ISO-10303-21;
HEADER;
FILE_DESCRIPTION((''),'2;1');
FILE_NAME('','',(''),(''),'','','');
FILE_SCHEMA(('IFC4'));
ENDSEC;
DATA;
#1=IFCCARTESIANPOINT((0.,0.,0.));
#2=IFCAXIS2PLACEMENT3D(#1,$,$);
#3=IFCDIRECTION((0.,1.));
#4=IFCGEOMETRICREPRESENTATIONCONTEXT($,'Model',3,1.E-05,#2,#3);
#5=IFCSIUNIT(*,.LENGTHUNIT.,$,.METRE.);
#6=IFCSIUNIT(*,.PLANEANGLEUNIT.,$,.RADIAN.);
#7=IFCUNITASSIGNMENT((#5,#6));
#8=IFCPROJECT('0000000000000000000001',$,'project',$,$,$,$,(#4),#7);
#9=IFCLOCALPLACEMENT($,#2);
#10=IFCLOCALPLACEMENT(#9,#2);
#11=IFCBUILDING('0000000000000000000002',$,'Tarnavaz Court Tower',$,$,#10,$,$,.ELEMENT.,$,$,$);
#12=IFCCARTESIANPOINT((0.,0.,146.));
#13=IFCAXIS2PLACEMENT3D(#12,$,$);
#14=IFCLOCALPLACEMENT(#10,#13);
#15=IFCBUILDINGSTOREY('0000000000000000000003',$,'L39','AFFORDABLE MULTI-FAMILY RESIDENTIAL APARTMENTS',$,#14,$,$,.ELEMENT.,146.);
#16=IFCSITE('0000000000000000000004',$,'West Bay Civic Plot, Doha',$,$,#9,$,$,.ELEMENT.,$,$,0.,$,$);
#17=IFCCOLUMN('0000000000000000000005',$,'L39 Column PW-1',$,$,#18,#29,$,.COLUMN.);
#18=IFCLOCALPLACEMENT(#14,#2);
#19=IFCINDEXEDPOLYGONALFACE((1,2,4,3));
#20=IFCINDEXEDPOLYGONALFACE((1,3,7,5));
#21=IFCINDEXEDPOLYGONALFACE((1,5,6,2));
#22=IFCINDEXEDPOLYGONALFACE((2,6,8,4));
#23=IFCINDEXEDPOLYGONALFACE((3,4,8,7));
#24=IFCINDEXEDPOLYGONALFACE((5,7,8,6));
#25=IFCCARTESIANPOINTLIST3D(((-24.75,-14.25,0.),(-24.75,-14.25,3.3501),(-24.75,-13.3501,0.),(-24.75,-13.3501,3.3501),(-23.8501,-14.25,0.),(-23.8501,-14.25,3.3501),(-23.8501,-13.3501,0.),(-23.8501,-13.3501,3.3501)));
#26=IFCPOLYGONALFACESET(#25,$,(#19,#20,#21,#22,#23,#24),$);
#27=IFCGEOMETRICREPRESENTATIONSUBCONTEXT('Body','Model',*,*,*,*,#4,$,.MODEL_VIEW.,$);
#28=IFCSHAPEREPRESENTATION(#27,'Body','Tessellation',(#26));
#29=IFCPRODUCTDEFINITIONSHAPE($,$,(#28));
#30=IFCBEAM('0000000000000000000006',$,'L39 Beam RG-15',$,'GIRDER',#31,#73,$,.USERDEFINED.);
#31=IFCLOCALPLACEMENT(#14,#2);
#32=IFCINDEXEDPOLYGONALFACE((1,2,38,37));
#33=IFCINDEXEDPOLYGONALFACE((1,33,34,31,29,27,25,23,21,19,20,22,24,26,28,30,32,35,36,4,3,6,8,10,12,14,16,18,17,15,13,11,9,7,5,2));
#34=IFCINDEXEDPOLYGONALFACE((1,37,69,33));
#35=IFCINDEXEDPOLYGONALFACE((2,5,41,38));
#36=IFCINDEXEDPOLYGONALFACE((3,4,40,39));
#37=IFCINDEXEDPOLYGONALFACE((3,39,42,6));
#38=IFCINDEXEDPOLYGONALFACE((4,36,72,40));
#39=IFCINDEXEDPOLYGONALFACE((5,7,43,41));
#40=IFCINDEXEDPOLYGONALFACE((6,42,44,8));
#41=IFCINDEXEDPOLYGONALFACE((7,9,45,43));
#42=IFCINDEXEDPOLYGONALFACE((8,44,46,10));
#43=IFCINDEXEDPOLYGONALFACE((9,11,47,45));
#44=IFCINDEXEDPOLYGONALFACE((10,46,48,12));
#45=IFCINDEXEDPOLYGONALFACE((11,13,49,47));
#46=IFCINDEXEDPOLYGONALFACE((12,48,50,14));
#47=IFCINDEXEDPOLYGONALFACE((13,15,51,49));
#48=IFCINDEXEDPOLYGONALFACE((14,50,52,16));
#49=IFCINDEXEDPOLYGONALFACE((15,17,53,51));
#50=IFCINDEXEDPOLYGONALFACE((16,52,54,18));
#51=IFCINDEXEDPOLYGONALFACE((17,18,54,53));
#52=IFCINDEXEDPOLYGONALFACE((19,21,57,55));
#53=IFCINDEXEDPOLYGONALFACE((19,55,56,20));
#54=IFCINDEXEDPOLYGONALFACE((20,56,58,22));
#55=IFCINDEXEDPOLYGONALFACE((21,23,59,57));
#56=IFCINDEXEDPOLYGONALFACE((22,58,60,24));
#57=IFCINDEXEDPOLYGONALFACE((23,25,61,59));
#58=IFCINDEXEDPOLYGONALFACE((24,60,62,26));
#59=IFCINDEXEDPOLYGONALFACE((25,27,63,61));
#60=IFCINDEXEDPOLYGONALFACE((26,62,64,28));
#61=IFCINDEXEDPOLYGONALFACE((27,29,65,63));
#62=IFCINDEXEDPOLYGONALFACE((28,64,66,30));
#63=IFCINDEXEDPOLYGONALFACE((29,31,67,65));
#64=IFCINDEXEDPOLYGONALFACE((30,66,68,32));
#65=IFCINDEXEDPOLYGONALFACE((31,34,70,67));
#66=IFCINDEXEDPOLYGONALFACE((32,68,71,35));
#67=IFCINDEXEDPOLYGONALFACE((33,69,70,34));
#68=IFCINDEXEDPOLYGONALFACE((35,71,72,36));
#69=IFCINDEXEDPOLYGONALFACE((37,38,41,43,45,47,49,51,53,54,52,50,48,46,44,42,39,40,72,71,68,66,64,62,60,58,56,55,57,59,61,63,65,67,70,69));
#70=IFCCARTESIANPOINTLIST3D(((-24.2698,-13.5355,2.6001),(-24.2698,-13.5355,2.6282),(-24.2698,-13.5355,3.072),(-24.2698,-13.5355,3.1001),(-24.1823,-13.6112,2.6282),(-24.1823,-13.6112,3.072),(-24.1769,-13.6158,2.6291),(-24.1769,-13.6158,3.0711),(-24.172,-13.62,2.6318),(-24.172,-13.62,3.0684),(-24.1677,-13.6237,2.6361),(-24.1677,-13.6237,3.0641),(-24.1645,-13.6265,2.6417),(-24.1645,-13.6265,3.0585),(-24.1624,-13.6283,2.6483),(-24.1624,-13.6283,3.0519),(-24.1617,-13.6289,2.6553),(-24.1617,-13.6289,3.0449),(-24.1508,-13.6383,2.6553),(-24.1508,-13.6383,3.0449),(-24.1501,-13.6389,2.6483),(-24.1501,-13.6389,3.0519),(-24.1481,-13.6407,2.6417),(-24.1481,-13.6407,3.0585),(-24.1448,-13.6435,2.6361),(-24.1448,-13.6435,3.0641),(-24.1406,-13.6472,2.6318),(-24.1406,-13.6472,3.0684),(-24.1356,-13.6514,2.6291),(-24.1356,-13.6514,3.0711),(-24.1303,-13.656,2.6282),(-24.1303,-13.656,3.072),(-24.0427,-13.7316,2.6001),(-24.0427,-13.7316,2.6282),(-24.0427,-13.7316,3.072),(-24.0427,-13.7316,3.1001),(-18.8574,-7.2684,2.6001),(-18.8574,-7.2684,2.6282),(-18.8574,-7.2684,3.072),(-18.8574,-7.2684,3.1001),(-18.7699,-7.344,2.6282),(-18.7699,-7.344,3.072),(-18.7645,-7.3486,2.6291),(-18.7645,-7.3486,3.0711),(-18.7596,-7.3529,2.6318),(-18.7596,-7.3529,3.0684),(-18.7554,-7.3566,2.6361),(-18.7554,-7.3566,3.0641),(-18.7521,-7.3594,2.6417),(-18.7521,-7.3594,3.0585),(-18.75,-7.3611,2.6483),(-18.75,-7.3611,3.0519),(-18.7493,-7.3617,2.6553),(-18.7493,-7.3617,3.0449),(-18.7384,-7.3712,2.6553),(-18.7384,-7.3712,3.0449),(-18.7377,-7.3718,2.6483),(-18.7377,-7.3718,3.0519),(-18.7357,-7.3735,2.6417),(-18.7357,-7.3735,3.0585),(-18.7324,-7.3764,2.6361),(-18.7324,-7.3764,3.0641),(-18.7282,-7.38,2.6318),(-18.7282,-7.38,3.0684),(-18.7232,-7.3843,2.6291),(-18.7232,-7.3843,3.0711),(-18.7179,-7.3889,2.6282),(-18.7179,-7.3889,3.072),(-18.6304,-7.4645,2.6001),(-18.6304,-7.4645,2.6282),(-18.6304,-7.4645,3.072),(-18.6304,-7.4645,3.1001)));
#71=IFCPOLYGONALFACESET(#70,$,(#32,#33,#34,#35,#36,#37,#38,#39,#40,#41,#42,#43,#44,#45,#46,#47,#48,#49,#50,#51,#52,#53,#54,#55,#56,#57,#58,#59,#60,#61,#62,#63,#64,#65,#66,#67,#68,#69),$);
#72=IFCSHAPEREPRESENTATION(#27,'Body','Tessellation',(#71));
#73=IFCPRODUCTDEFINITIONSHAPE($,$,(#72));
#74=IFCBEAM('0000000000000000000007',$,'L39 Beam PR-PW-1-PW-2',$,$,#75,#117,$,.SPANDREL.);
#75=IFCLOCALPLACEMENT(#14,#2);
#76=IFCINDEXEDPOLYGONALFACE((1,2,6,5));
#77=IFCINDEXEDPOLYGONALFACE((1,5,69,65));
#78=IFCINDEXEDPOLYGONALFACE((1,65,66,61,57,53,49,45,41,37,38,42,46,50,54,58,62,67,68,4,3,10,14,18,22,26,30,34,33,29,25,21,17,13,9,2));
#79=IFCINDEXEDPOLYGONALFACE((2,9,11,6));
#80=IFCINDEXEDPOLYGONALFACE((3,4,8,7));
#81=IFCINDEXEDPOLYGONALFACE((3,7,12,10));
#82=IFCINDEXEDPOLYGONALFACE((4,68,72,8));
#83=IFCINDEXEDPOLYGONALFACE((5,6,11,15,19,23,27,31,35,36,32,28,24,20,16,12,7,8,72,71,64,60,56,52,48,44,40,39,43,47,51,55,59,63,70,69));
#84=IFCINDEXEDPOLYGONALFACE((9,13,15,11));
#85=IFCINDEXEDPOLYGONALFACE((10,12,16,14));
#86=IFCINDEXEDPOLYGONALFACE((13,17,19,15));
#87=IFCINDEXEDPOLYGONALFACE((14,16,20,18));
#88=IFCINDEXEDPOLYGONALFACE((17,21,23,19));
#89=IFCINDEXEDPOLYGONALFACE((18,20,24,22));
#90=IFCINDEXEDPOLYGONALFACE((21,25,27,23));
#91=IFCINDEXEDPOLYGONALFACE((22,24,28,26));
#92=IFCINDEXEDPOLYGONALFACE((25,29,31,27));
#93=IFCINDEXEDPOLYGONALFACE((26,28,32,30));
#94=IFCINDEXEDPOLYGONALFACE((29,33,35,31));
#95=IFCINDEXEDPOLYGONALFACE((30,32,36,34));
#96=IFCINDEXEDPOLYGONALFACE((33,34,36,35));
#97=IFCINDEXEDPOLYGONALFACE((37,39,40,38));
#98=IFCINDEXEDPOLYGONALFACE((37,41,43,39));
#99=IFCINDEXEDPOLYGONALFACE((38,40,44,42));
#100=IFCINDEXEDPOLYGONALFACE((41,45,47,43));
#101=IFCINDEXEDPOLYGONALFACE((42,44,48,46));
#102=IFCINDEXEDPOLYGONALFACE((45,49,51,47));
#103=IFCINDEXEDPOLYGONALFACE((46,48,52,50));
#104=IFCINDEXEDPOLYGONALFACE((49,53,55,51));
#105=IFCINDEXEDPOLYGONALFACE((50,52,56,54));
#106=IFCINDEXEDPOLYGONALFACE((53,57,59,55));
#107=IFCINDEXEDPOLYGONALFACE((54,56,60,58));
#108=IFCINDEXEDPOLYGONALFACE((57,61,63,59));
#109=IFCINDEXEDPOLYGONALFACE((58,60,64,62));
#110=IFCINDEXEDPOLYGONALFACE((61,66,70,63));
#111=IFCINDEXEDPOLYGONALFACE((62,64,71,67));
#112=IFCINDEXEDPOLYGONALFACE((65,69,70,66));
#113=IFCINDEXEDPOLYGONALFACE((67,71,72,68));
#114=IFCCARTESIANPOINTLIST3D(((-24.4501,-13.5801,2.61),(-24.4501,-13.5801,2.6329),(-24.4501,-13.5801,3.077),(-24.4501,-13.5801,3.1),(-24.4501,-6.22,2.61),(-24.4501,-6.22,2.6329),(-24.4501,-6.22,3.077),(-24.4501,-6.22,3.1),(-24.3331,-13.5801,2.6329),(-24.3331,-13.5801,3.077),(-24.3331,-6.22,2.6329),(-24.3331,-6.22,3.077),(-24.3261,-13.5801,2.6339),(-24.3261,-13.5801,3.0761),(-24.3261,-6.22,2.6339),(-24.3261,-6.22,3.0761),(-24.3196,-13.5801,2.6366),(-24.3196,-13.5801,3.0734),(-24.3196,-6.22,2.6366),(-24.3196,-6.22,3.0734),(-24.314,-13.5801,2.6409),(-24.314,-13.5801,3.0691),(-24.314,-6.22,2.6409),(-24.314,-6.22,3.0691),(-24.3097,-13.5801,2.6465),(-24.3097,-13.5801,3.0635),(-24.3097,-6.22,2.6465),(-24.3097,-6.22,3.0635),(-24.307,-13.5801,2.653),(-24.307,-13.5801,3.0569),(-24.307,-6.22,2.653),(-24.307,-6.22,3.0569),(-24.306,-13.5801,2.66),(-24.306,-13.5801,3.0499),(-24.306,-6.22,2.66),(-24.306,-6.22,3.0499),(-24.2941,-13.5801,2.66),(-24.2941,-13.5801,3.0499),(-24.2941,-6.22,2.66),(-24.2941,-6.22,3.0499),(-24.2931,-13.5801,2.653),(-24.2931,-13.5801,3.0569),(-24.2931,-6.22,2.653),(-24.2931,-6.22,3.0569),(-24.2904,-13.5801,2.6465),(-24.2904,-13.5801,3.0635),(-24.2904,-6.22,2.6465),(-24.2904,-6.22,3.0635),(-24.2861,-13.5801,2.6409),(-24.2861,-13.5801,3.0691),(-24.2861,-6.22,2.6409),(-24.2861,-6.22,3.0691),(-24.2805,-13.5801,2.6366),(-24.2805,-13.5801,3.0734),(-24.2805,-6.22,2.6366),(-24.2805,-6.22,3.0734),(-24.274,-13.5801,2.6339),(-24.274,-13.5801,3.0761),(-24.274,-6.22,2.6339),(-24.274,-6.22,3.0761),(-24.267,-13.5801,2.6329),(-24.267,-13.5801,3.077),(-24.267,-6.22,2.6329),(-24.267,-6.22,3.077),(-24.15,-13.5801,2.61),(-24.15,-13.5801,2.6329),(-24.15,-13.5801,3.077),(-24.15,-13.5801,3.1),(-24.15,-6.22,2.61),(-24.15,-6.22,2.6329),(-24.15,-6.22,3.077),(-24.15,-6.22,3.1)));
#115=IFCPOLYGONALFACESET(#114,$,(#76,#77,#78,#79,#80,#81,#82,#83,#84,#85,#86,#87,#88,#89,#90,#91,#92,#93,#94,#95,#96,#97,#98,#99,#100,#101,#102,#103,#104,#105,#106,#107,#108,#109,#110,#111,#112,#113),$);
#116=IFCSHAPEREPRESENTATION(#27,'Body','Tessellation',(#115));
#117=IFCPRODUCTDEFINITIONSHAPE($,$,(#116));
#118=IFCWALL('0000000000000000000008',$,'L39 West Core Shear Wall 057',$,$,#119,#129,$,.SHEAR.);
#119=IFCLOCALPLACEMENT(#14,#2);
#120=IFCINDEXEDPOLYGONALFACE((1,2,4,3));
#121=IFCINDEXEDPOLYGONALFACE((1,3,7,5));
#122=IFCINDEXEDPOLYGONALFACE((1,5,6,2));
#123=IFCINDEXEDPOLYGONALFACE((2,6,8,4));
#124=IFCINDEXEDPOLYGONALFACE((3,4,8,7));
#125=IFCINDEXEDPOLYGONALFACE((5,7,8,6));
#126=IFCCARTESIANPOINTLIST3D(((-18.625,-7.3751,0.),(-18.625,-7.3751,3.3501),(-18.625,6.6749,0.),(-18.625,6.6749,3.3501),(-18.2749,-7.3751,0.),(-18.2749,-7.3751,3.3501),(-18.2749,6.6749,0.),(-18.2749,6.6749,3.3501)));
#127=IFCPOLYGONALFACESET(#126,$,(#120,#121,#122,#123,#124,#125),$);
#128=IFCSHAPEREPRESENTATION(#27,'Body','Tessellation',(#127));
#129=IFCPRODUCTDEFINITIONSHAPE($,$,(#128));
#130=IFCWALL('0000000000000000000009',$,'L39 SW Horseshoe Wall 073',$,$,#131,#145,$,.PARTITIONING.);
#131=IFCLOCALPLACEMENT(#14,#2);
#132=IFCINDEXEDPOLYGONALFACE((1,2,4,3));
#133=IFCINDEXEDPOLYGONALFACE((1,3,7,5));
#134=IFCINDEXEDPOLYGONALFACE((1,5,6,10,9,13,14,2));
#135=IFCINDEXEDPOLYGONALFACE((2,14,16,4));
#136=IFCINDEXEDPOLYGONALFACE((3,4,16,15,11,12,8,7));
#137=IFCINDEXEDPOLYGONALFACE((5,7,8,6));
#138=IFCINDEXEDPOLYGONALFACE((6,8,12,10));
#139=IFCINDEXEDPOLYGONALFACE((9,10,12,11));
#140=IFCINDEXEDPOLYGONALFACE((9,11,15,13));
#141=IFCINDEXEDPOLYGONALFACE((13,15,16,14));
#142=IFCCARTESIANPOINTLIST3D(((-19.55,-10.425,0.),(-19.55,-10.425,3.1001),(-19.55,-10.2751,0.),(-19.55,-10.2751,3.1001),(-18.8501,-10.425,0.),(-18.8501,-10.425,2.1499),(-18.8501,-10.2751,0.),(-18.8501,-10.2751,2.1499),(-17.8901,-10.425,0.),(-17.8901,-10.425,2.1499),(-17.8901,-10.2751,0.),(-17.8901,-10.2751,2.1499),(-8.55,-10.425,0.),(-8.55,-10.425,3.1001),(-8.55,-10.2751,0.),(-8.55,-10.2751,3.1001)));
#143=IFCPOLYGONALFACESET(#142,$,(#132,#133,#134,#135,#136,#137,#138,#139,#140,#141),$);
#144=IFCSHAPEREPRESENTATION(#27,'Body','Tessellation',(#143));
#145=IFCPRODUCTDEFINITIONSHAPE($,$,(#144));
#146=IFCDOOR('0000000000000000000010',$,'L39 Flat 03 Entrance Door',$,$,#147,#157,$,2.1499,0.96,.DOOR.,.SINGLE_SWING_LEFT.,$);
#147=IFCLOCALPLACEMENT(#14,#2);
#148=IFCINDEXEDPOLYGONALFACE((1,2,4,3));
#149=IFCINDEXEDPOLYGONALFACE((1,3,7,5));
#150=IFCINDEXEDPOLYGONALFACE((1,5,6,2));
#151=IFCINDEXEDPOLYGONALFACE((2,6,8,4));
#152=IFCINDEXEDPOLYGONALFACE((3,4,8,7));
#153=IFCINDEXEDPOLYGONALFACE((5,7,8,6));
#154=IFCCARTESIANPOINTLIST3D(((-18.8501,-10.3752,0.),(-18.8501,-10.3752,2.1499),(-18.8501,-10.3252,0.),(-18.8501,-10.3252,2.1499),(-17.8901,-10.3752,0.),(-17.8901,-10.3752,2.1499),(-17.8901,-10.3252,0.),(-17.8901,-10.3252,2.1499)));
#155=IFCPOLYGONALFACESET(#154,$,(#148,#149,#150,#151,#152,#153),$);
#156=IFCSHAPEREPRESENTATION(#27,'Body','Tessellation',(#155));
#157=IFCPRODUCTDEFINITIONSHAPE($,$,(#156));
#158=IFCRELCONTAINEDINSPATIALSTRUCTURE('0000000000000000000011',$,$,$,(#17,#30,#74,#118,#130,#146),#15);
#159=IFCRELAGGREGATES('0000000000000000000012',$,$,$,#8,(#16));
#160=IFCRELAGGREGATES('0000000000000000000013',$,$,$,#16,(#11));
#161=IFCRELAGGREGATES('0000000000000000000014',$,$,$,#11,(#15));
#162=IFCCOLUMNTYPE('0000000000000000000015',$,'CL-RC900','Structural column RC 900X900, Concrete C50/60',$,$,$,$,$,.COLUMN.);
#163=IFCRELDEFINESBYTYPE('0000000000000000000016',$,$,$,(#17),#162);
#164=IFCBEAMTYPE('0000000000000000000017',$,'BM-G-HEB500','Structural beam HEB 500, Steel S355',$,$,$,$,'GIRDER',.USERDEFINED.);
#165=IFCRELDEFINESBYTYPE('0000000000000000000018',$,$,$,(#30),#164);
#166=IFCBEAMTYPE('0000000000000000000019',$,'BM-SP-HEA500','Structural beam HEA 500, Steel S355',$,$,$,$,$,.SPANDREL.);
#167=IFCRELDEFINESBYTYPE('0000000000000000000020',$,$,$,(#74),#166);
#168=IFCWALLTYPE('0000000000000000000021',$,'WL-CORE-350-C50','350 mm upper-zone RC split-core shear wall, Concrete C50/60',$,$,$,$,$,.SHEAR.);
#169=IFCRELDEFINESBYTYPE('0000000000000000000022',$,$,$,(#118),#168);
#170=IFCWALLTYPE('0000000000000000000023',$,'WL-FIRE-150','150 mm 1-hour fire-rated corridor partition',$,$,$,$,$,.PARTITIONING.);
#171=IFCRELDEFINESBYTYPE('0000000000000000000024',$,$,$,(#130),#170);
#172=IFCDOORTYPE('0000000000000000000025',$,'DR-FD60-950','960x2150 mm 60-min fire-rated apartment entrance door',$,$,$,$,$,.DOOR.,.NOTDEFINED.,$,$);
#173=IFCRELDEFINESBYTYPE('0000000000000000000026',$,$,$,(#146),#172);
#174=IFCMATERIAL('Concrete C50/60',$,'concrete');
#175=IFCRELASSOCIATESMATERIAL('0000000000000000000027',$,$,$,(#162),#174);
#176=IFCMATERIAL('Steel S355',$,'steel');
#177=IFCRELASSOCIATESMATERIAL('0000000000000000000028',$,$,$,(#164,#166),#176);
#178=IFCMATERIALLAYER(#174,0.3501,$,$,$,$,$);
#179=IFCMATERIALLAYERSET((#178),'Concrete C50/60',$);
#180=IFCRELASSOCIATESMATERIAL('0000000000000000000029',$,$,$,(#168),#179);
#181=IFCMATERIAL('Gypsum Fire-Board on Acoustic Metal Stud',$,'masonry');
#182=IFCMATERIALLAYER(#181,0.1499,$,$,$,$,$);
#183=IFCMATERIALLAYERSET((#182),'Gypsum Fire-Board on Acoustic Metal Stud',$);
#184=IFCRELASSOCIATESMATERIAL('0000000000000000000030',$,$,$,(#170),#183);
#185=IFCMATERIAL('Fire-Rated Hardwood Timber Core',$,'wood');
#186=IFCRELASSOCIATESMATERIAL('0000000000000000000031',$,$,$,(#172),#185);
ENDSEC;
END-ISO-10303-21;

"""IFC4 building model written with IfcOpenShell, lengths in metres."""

from ifc_helpers import new_model, si_unit, direction, frame, frame_2d, origin, origin_2d, place, context, subcontext, project, spatial, rectangle, i_section, extrude, material, layer, layer_set, material_profile, profile_set, type_object, element, fill, save


model = new_model("IFC4")

# Units and contexts
model_context = context("Model", 3, precision=1e-05, world=origin(), true_north=direction((0.0, 1.0)))
body_context = subcontext(model_context, "Body", "Model", "MODEL_VIEW")
ifc_project = project(units=[si_unit("LENGTHUNIT", "METRE"), si_unit("PLANEANGLEUNIT", "RADIAN")], contexts=[model_context])

# Site, building, storey
site_placement = place(None, origin())
site = spatial("IfcSite", under=ifc_project, at=site_placement, Name="West Bay Civic Plot, Doha", CompositionType="ELEMENT", RefElevation=0.0)
building_placement = place(site_placement, origin())
building = spatial("IfcBuilding", under=site, at=building_placement, Name="Tarnavaz Court Tower", CompositionType="ELEMENT")
storey_placement = place(building_placement, frame((0.0, 0.0, 146.0)))
storey = spatial("IfcBuildingStorey", under=building, at=storey_placement, Name="L39", Description="AFFORDABLE MULTI-FAMILY RESIDENTIAL APARTMENTS", CompositionType="ELEMENT", Elevation=146.0)

# Column
ifc_material_1 = material(Name="Concrete C50/60", Category="concrete")
ifc_material_profile_1 = material_profile(ifc_material_1, rectangle(XDim=0.8999, YDim=0.8999, at=origin_2d()), Name="RC 900X900")
ifc_profile_set_1 = profile_set([ifc_material_profile_1], Name="Concrete C50/60")
column_type = type_object("IfcColumnType", Name="CL-RC900", Description="Structural column RC 900X900, Concrete C50/60", PredefinedType="COLUMN", material=ifc_profile_set_1)
column_placement = place(storey_placement, frame((-24.3, -13.8, 0.0), z_axis=(0.0, 0.0, 1.0), x_axis=(1.0, 0.0, 0.0)))
element("IfcColumn", 1, at=column_placement, inside=storey, type_object=column_type, Name="L39 Column PW-1", PredefinedType="COLUMN", context=body_context, shape_type="SweptSolid", body=[
    extrude(rectangle(XDim=0.8999, YDim=0.8999, at=origin_2d()), origin(), (0.0, 0.0, 1.0), 3.3501),
])

# Beams
ifc_material_2 = material(Name="Steel S355", Category="steel")
ifc_material_profile_2 = material_profile(ifc_material_2, i_section(OverallWidth=0.3, OverallDepth=0.5, WebThickness=0.0144, FlangeThickness=0.0281, FilletRadius=0.0271, at=origin_2d()), Name="HEB 500")
ifc_profile_set_2 = profile_set([ifc_material_profile_2], Name="Steel S355")
beam_type_1 = type_object("IfcBeamType", Name="BM-G-HEB500", Description="Structural beam HEB 500, Steel S355", ElementType="GIRDER", PredefinedType="USERDEFINED", material=ifc_profile_set_2)
beam_1_placement = place(storey_placement, frame((-18.7439, -7.3665, 2.8501), z_axis=(-0.653611, -0.756831, 0.0), x_axis=(0.756831, -0.653611, 0.0)))
element("IfcBeam", 2, at=beam_1_placement, inside=storey, type_object=beam_type_1, Name="L39 Beam RG-15", ObjectType="GIRDER", PredefinedType="USERDEFINED", context=body_context, shape_type="SweptSolid", body=[
    extrude(i_section(OverallWidth=0.3, OverallDepth=0.5, WebThickness=0.0144, FlangeThickness=0.0281, FilletRadius=0.0271, at=origin_2d()), origin(), (0.0, 0.0, 1.0), 8.2808),
])
ifc_material_profile_3 = material_profile(ifc_material_2, i_section(OverallWidth=0.3, OverallDepth=0.49, WebThickness=0.012, FlangeThickness=0.0229, FilletRadius=0.0271, at=origin_2d()), Name="HEA 500")
ifc_profile_set_3 = profile_set([ifc_material_profile_3], Name="Steel S355")
beam_type_2 = type_object("IfcBeamType", Name="BM-SP-HEA500", Description="Structural beam HEA 500, Steel S355", PredefinedType="SPANDREL", material=ifc_profile_set_3)
beam_2_placement = place(storey_placement, frame((-24.3, -13.5801, 2.855), z_axis=(0.0, 1.0, 0.0), x_axis=(-1.0, 0.0, 0.0)))
element("IfcBeam", 3, at=beam_2_placement, inside=storey, type_object=beam_type_2, Name="L39 Beam PR-PW-1-PW-2", PredefinedType="SPANDREL", context=body_context, shape_type="SweptSolid", body=[
    extrude(i_section(OverallWidth=0.3, OverallDepth=0.49, WebThickness=0.012, FlangeThickness=0.0229, FilletRadius=0.0271, at=origin_2d()), origin(), (0.0, 0.0, 1.0), 7.3601),
])

# Wall
ifc_layer_1 = layer(ifc_material_1, 0.3501)
ifc_layer_set_1 = layer_set([ifc_layer_1], Name="Concrete C50/60")
wall_type_1 = type_object("IfcWallType", Name="WL-CORE-350-C50", Description="350 mm upper-zone RC split-core shear wall, Concrete C50/60", PredefinedType="SHEAR", material=ifc_layer_set_1)
wall_1_placement = place(storey_placement, frame((-18.45, -7.375, 0.0), z_axis=(0.0, 0.0, 1.0), x_axis=(0.0, 1.0, 0.0)))
element("IfcWall", 4, at=wall_1_placement, inside=storey, type_object=wall_type_1, Name="L39 West Core Shear Wall 057", PredefinedType="SHEAR", context=body_context, shape_type="SweptSolid", body=[
    extrude(rectangle(XDim=14.05, YDim=0.3501, at=frame_2d((7.0249, 0.0))), origin(), (0.0, 0.0, 1.0), 3.3501),
])

# Wall, opening, door
ifc_material_3 = material(Name="Gypsum Fire-Board on Acoustic Metal Stud", Category="masonry")
ifc_layer_2 = layer(ifc_material_3, 0.1499)
ifc_layer_set_2 = layer_set([ifc_layer_2], Name="Gypsum Fire-Board on Acoustic Metal Stud")
wall_type_2 = type_object("IfcWallType", Name="WL-FIRE-150", Description="150 mm 1-hour fire-rated corridor partition", PredefinedType="PARTITIONING", material=ifc_layer_set_2)
wall_2_placement = place(storey_placement, frame((-19.55, -10.3501, 0.0), z_axis=(0.0, 0.0, 1.0), x_axis=(1.0, 0.0, 0.0)))
wall_2 = element("IfcWall", 5, at=wall_2_placement, inside=storey, type_object=wall_type_2, Name="L39 SW Horseshoe Wall 073", PredefinedType="PARTITIONING", context=body_context, shape_type="SweptSolid", body=[
    extrude(rectangle(XDim=11.0, YDim=0.1499, at=frame_2d((5.5, 0.0))), origin(), (0.0, 0.0, 1.0), 3.1001),
])
opening_1_placement = place(wall_2_placement, frame((0.7, 0.0, 0.0)))
opening_1 = element("IfcOpeningElement", 6, at=opening_1_placement, cuts=wall_2, PredefinedType="OPENING", context=body_context, shape_type="SweptSolid", body=[
    extrude(rectangle(XDim=0.96, YDim=2.1499, at=frame_2d((0.48, 1.075))), frame((0.0, 0.085, 0.0), z_axis=(0.0, -1.0, 0.0), x_axis=(1.0, 0.0, 0.0)), (0.0, 0.0, 1.0), 0.1699),
])
ifc_material_4 = material(Name="Fire-Rated Hardwood Timber Core", Category="wood")
door_type_1 = type_object("IfcDoorType", Name="DR-FD60-950", Description="960x2150 mm 60-min fire-rated apartment entrance door", OperationType="NOTDEFINED", PredefinedType="DOOR", material=ifc_material_4)
door_1_placement = place(opening_1_placement, origin())
door_1 = element("IfcDoor", 7, at=door_1_placement, inside=storey, type_object=door_type_1, Name="L39 Flat 03 Entrance Door", OperationType="SINGLE_SWING_LEFT", OverallHeight=2.1499, OverallWidth=0.96, PredefinedType="DOOR", context=body_context, shape_type="SweptSolid", body=[
    extrude(rectangle(XDim=0.96, YDim=2.1499, at=frame_2d((0.48, 1.075))), frame((0.0, 0.0249, 0.0), z_axis=(0.0, -1.0, 0.0), x_axis=(1.0, 0.0, 0.0)), (0.0, 0.0, 1.0), 0.05),
])
fill(opening_1, door_1)

save(model, "model.ifc")
